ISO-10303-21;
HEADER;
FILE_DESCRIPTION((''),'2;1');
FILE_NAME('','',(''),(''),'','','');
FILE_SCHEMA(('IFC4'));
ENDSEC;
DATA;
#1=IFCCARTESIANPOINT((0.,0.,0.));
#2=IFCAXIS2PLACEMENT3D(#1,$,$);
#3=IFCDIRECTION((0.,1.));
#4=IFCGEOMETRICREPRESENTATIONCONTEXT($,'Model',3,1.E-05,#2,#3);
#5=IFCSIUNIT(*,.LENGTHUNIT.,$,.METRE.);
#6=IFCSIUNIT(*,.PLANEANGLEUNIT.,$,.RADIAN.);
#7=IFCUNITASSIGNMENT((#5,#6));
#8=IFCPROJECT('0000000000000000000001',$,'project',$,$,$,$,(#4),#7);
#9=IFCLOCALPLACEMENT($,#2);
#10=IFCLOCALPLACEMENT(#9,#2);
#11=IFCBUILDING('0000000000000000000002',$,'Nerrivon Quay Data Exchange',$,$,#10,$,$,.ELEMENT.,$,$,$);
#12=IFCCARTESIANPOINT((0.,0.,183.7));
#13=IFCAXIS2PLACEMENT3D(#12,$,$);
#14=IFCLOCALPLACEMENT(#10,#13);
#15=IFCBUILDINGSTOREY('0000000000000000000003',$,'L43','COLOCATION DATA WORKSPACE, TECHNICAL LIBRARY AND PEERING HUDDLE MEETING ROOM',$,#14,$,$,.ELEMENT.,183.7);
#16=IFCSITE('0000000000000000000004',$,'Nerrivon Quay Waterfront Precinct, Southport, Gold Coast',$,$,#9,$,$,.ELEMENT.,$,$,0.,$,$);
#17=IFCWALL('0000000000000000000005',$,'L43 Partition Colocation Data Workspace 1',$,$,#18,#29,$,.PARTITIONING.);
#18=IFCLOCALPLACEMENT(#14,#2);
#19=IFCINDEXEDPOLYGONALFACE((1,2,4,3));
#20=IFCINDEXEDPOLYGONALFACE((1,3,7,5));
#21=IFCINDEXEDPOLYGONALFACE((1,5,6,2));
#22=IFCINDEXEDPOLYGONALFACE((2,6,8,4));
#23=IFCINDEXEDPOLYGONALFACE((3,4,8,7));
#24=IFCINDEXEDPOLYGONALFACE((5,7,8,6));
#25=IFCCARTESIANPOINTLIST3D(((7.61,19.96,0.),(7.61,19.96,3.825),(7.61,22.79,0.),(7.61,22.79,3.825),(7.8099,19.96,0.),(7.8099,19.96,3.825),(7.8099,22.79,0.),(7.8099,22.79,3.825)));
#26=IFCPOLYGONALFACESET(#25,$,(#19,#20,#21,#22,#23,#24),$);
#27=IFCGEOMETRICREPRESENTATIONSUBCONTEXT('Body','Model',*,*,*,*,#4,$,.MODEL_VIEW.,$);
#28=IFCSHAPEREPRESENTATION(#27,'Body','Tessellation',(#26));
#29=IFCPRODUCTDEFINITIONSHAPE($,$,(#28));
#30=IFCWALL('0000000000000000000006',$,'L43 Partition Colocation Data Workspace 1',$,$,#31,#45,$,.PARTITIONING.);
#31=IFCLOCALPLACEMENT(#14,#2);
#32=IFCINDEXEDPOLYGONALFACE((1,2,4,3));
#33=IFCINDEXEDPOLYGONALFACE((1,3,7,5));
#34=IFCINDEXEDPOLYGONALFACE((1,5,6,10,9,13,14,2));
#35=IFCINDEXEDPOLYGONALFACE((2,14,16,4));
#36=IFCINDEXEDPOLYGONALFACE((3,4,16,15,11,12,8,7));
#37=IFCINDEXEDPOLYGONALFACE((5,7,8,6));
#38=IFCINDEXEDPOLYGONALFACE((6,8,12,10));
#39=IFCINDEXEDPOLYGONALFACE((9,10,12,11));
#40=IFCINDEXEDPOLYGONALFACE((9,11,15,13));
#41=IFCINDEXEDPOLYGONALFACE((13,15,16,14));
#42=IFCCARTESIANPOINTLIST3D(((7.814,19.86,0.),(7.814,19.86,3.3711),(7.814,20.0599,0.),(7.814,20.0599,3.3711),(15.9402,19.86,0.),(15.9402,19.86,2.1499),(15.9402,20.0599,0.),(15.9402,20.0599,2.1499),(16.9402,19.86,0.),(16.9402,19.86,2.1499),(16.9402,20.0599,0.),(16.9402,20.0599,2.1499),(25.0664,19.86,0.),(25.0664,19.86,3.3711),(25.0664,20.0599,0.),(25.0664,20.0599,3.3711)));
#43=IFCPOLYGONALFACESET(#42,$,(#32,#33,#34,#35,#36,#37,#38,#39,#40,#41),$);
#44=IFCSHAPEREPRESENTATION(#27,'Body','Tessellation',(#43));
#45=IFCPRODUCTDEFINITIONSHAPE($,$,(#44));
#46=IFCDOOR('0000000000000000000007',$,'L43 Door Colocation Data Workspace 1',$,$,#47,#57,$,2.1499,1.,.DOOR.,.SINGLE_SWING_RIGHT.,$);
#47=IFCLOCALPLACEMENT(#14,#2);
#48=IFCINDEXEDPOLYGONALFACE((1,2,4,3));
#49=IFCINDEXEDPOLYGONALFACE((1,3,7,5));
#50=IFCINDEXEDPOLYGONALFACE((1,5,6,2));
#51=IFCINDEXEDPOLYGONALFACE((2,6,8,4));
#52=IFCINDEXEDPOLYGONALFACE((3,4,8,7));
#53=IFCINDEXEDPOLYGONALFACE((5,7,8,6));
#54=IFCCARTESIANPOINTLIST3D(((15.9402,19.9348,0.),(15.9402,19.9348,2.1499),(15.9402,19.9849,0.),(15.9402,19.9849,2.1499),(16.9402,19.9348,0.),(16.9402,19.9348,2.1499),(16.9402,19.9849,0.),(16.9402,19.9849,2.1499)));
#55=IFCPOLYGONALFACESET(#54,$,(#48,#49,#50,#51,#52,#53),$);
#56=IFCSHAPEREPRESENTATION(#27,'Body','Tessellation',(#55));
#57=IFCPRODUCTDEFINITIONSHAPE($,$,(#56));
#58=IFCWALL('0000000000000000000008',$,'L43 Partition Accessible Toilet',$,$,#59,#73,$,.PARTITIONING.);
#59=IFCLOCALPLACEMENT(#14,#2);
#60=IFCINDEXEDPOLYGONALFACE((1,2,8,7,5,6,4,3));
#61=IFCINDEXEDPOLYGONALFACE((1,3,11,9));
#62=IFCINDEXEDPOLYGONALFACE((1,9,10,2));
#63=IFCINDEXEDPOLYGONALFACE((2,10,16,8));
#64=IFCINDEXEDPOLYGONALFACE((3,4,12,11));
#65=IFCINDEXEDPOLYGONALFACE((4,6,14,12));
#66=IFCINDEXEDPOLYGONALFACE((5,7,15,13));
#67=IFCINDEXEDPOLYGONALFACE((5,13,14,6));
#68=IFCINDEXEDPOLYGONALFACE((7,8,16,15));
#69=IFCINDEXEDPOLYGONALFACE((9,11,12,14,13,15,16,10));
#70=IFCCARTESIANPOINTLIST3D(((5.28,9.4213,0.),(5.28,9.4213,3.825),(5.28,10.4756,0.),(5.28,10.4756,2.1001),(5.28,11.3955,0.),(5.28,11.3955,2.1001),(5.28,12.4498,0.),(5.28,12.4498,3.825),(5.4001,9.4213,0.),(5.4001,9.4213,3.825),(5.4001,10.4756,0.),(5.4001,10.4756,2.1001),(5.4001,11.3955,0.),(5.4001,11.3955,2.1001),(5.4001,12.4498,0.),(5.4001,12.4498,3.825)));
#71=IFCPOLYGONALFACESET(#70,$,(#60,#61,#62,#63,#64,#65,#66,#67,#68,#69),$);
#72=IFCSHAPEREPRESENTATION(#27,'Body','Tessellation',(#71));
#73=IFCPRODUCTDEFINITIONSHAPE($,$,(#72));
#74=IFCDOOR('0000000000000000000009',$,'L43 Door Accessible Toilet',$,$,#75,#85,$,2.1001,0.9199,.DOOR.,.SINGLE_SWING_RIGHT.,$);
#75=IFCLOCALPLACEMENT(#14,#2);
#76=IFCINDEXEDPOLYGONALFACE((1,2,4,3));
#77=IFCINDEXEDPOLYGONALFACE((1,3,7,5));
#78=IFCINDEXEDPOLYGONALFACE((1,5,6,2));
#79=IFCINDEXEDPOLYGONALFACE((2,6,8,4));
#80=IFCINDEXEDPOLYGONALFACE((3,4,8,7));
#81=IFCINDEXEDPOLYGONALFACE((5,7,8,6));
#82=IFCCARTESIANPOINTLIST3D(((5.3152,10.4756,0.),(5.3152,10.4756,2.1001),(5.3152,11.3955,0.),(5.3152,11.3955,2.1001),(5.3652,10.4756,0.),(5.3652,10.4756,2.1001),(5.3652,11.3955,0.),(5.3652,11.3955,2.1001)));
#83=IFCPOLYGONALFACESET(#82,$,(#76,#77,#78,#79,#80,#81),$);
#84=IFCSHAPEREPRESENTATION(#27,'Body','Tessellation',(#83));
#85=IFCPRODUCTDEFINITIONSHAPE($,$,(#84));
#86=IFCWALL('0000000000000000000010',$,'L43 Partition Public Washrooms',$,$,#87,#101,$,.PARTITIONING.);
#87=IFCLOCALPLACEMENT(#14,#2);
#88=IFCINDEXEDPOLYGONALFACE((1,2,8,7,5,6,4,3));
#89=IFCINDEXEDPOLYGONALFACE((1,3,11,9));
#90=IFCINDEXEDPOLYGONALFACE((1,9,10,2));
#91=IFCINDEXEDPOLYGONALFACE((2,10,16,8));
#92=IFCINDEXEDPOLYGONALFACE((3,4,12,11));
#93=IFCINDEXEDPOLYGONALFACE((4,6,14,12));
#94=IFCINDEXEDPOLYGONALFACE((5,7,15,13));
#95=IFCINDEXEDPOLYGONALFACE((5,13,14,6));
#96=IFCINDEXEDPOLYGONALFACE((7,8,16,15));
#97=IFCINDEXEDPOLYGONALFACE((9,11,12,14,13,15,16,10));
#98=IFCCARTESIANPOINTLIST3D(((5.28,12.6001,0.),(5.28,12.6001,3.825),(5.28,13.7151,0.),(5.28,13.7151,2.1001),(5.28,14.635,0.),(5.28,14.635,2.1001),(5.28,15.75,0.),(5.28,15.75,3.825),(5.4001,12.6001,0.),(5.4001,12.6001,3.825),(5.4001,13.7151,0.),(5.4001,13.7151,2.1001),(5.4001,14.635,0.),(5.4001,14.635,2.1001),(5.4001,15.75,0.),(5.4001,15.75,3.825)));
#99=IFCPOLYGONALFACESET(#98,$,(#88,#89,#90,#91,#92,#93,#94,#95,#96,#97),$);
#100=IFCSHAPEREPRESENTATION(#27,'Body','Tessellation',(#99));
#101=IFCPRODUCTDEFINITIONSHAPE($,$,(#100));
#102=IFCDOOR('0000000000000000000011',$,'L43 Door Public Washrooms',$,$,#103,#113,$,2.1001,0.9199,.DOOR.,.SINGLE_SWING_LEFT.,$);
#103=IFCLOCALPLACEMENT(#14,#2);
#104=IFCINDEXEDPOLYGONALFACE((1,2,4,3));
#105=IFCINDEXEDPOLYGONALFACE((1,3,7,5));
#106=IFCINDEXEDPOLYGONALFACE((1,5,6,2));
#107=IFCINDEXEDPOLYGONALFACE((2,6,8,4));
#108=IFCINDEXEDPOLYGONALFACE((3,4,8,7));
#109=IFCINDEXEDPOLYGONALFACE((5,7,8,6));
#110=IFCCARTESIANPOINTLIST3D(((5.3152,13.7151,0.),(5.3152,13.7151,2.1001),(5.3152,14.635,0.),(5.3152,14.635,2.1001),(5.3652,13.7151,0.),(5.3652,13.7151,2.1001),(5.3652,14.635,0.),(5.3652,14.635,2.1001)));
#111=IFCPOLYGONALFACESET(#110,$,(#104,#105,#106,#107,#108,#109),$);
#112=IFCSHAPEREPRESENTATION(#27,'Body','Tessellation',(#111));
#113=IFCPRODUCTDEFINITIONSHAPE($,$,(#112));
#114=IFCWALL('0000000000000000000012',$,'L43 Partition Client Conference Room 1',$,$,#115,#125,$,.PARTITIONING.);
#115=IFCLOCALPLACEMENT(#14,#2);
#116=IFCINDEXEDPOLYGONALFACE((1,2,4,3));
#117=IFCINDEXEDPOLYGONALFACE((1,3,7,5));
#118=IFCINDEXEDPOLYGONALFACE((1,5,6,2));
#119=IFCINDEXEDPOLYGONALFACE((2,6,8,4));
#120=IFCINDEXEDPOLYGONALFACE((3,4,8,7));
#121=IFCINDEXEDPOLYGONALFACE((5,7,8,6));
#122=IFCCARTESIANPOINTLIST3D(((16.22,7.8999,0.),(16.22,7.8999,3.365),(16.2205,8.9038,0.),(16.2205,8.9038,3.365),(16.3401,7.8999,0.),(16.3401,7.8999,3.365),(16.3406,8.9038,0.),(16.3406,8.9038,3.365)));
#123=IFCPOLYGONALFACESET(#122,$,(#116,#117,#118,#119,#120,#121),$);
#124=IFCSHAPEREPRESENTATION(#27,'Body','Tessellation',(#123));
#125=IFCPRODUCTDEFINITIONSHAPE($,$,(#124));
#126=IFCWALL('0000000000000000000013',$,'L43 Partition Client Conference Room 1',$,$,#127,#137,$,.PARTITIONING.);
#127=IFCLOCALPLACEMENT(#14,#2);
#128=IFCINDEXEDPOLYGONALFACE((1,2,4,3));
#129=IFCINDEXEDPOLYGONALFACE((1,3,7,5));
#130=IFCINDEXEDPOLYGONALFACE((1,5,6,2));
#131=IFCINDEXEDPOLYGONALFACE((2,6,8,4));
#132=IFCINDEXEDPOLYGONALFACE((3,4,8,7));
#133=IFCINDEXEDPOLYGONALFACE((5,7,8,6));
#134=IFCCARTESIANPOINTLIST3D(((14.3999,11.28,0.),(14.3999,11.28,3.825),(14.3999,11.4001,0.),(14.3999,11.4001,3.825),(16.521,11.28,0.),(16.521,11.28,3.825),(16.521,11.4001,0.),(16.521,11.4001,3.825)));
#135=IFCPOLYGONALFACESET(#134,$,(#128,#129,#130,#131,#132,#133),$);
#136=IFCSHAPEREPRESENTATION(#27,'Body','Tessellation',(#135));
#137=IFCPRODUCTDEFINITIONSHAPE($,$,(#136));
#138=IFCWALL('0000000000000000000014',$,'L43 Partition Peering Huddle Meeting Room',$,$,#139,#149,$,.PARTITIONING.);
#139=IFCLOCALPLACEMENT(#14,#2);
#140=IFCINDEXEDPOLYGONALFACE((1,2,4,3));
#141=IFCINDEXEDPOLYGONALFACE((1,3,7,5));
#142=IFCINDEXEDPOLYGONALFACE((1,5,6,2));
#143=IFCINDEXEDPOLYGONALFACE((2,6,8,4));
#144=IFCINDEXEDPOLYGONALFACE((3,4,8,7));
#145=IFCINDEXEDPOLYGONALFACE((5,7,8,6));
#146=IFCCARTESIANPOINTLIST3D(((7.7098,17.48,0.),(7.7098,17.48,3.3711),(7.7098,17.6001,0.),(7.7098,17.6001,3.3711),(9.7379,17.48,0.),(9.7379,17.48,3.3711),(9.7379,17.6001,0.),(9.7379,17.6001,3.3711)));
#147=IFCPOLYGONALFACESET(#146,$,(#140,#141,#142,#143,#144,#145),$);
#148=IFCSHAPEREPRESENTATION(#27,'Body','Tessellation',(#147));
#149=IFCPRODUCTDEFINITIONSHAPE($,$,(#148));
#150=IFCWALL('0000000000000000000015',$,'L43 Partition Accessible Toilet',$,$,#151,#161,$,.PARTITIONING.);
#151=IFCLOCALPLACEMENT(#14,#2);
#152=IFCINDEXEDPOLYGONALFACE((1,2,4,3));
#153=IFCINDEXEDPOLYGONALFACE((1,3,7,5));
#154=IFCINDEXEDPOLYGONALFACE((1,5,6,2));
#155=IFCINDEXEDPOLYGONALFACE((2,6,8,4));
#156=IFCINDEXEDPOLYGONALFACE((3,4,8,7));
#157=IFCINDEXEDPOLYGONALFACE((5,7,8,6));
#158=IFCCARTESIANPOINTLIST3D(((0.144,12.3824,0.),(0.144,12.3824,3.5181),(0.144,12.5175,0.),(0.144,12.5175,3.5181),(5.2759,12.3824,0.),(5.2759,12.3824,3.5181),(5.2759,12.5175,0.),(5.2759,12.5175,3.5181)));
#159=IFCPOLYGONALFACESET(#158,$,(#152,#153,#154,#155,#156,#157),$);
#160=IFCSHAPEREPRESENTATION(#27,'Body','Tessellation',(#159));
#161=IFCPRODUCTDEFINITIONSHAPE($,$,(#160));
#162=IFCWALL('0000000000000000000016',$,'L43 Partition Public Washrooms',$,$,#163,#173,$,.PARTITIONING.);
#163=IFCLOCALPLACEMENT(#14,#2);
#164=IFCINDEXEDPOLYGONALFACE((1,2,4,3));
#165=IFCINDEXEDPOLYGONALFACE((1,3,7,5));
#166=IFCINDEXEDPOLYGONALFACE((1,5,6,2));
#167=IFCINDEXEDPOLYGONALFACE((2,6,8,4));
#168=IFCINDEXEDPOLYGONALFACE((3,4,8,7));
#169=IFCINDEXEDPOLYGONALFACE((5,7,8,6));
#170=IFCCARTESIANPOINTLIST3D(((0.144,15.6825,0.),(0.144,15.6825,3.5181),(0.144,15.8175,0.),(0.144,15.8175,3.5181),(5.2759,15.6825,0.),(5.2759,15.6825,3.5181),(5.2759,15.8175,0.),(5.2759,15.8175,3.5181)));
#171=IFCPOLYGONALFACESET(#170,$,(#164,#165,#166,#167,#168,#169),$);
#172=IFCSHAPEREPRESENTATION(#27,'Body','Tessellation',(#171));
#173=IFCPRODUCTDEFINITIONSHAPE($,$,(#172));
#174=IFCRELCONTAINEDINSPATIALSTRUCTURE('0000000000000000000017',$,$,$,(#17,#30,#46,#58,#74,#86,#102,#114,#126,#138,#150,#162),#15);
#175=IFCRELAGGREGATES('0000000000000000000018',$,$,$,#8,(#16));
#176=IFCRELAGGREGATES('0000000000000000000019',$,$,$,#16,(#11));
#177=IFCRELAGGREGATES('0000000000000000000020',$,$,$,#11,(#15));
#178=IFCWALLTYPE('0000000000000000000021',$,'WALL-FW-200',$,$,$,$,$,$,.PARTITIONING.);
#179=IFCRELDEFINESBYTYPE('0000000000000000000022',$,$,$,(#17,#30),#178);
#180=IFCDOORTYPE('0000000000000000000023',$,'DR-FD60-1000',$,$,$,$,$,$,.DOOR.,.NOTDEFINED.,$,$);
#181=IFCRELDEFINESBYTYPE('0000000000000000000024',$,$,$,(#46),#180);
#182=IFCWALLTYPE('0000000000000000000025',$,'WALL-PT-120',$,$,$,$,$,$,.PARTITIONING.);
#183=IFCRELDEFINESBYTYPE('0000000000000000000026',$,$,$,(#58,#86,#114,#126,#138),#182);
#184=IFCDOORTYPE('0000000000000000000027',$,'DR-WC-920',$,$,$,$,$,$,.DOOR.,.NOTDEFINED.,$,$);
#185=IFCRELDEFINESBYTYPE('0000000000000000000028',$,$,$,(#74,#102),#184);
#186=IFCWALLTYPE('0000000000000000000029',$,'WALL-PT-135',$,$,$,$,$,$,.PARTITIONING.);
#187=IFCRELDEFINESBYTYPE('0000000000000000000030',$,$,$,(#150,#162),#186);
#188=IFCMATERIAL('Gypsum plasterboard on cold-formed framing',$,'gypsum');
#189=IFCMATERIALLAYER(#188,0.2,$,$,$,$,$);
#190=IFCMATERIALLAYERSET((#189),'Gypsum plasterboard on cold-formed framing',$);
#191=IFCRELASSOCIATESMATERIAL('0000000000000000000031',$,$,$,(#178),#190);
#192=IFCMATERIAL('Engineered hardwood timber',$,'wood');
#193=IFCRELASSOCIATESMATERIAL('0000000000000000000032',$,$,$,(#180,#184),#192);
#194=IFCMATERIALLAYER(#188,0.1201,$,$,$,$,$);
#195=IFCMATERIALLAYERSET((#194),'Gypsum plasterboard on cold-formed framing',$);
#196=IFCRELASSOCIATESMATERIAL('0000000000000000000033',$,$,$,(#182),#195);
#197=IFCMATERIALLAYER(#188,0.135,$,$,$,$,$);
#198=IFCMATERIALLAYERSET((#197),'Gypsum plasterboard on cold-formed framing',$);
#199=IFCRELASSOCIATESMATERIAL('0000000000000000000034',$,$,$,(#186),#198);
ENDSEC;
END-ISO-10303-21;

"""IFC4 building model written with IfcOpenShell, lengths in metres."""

from ifc_helpers import new_model, si_unit, direction, frame, frame_2d, origin, place, context, subcontext, project, spatial, rectangle, extrude, material, layer, layer_set, type_object, element, fill, save


model = new_model("IFC4")

# Units and contexts
model_context = context("Model", 3, precision=1e-05, world=origin(), true_north=direction((0.0, 1.0)))
body_context = subcontext(model_context, "Body", "Model", "MODEL_VIEW")
ifc_project = project(units=[si_unit("LENGTHUNIT", "METRE"), si_unit("PLANEANGLEUNIT", "RADIAN")], contexts=[model_context])

# Site, building, storey
site_placement = place(None, origin())
site = spatial("IfcSite", under=ifc_project, at=site_placement, Name="Nerrivon Quay Waterfront Precinct, Southport, Gold Coast", CompositionType="ELEMENT", RefElevation=0.0)
building_placement = place(site_placement, origin())
building = spatial("IfcBuilding", under=site, at=building_placement, Name="Nerrivon Quay Data Exchange", CompositionType="ELEMENT")
storey_placement = place(building_placement, frame((0.0, 0.0, 183.7)))
storey = spatial("IfcBuildingStorey", under=building, at=storey_placement, Name="L43", Description="COLOCATION DATA WORKSPACE, TECHNICAL LIBRARY AND PEERING HUDDLE MEETING ROOM", CompositionType="ELEMENT", Elevation=183.7)

# Wall
ifc_material_1 = material(Name="Gypsum plasterboard on cold-formed framing", Category="gypsum")
ifc_layer_1 = layer(ifc_material_1, 0.2)
ifc_layer_set_1 = layer_set([ifc_layer_1], Name="Gypsum plasterboard on cold-formed framing")
wall_type_1 = type_object("IfcWallType", Name="WALL-FW-200", PredefinedType="PARTITIONING", material=ifc_layer_set_1)
wall_1_placement = place(storey_placement, frame((7.71, 22.79, 0.0), z_axis=(0.0, 0.0, 1.0), x_axis=(0.0, -1.0, 0.0)))
element("IfcWall", 1, at=wall_1_placement, inside=storey, type_object=wall_type_1, Name="L43 Partition Colocation Data Workspace 1", PredefinedType="PARTITIONING", context=body_context, shape_type="SweptSolid", body=[
    extrude(rectangle(XDim=2.8301, YDim=0.2, at=frame_2d((1.415, 0.0))), origin(), (0.0, 0.0, 1.0), 3.825),
])

# Walls, openings, doors
wall_2_placement = place(storey_placement, frame((7.814, 19.96, 0.0), z_axis=(0.0, 0.0, 1.0), x_axis=(1.0, 0.0, 0.0)))
wall_2 = element("IfcWall", 2, at=wall_2_placement, inside=storey, type_object=wall_type_1, Name="L43 Partition Colocation Data Workspace 1", PredefinedType="PARTITIONING", context=body_context, shape_type="SweptSolid", body=[
    extrude(rectangle(XDim=17.2524, YDim=0.2, at=frame_2d((8.6262, 0.0))), origin(), (0.0, 0.0, 1.0), 3.3711),
])
opening_1_placement = place(wall_2_placement, frame((8.1262, 0.0, 0.0)))
opening_1 = element("IfcOpeningElement", 3, at=opening_1_placement, cuts=wall_2, PredefinedType="OPENING", context=body_context, shape_type="SweptSolid", body=[
    extrude(rectangle(XDim=1.0, YDim=2.1499, at=frame_2d((0.5, 1.075))), frame((0.0, 0.1099, 0.0), z_axis=(0.0, -1.0, 0.0), x_axis=(1.0, 0.0, 0.0)), (0.0, 0.0, 1.0), 0.22),
])
ifc_material_2 = material(Name="Engineered hardwood timber", Category="wood")
door_type_1 = type_object("IfcDoorType", Name="DR-FD60-1000", OperationType="NOTDEFINED", PredefinedType="DOOR", material=ifc_material_2)
door_1_placement = place(opening_1_placement, origin())
door_1 = element("IfcDoor", 4, at=door_1_placement, inside=storey, type_object=door_type_1, Name="L43 Door Colocation Data Workspace 1", OperationType="SINGLE_SWING_RIGHT", OverallHeight=2.1499, OverallWidth=1.0, PredefinedType="DOOR", context=body_context, shape_type="SweptSolid", body=[
    extrude(rectangle(XDim=1.0, YDim=2.1499, at=frame_2d((0.5, 1.075))), frame((0.0, 0.0249, 0.0), z_axis=(0.0, -1.0, 0.0), x_axis=(1.0, 0.0, 0.0)), (0.0, 0.0, 1.0), 0.05),
])
fill(opening_1, door_1)
ifc_layer_2 = layer(ifc_material_1, 0.1201)
ifc_layer_set_2 = layer_set([ifc_layer_2], Name="Gypsum plasterboard on cold-formed framing")
wall_type_2 = type_object("IfcWallType", Name="WALL-PT-120", PredefinedType="PARTITIONING", material=ifc_layer_set_2)
wall_3_placement = place(storey_placement, frame((5.3401, 9.4214, 0.0), z_axis=(0.0, 0.0, 1.0), x_axis=(0.0, 1.0, 0.0)))
wall_3 = element("IfcWall", 5, at=wall_3_placement, inside=storey, type_object=wall_type_2, Name="L43 Partition Accessible Toilet", PredefinedType="PARTITIONING", context=body_context, shape_type="SweptSolid", body=[
    extrude(rectangle(XDim=3.0286, YDim=0.1201, at=frame_2d((1.5142, 0.0))), origin(), (0.0, 0.0, 1.0), 3.825),
])
opening_2_placement = place(wall_3_placement, frame((1.0542, 0.0, 0.0)))
opening_2 = element("IfcOpeningElement", 6, at=opening_2_placement, cuts=wall_3, PredefinedType="OPENING", context=body_context, shape_type="SweptSolid", body=[
    extrude(rectangle(XDim=0.9199, YDim=2.1001, at=frame_2d((0.46, 1.05))), frame((0.0, 0.0701, 0.0), z_axis=(0.0, -1.0, 0.0), x_axis=(1.0, 0.0, 0.0)), (0.0, 0.0, 1.0), 0.1401),
])
door_type_2 = type_object("IfcDoorType", Name="DR-WC-920", OperationType="NOTDEFINED", PredefinedType="DOOR", material=ifc_material_2)
door_2_placement = place(opening_2_placement, origin())
door_2 = element("IfcDoor", 7, at=door_2_placement, inside=storey, type_object=door_type_2, Name="L43 Door Accessible Toilet", OperationType="SINGLE_SWING_RIGHT", OverallHeight=2.1001, OverallWidth=0.9199, PredefinedType="DOOR", context=body_context, shape_type="SweptSolid", body=[
    extrude(rectangle(XDim=0.9199, YDim=2.1001, at=frame_2d((0.46, 1.05))), frame((0.0, 0.0249, 0.0), z_axis=(0.0, -1.0, 0.0), x_axis=(1.0, 0.0, 0.0)), (0.0, 0.0, 1.0), 0.05),
])
fill(opening_2, door_2)
wall_4_placement = place(storey_placement, frame((5.3401, 12.6001, 0.0), z_axis=(0.0, 0.0, 1.0), x_axis=(0.0, 1.0, 0.0)))
wall_4 = element("IfcWall", 8, at=wall_4_placement, inside=storey, type_object=wall_type_2, Name="L43 Partition Public Washrooms", PredefinedType="PARTITIONING", context=body_context, shape_type="SweptSolid", body=[
    extrude(rectangle(XDim=3.1499, YDim=0.1201, at=frame_2d((1.575, 0.0))), origin(), (0.0, 0.0, 1.0), 3.825),
])
opening_3_placement = place(wall_4_placement, frame((1.115, 0.0, 0.0)))
opening_3 = element("IfcOpeningElement", 9, at=opening_3_placement, cuts=wall_4, PredefinedType="OPENING", context=body_context, shape_type="SweptSolid", body=[
    extrude(rectangle(XDim=0.9199, YDim=2.1001, at=frame_2d((0.46, 1.05))), frame((0.0, 0.0701, 0.0), z_axis=(0.0, -1.0, 0.0), x_axis=(1.0, 0.0, 0.0)), (0.0, 0.0, 1.0), 0.1401),
])
door_3_placement = place(opening_3_placement, origin())
door_3 = element("IfcDoor", 10, at=door_3_placement, inside=storey, type_object=door_type_2, Name="L43 Door Public Washrooms", OperationType="SINGLE_SWING_LEFT", OverallHeight=2.1001, OverallWidth=0.9199, PredefinedType="DOOR", context=body_context, shape_type="SweptSolid", body=[
    extrude(rectangle(XDim=0.9199, YDim=2.1001, at=frame_2d((0.46, 1.05))), frame((0.0, 0.0249, 0.0), z_axis=(0.0, -1.0, 0.0), x_axis=(1.0, 0.0, 0.0)), (0.0, 0.0, 1.0), 0.05),
])
fill(opening_3, door_3)

# Walls
wall_5_placement = place(storey_placement, frame((16.28, 7.8999, 0.0), z_axis=(0.0, 0.0, 1.0), x_axis=(0.000486, 1.0, 0.0)))
element("IfcWall", 11, at=wall_5_placement, inside=storey, type_object=wall_type_2, Name="L43 Partition Client Conference Room 1", PredefinedType="PARTITIONING", context=body_context, shape_type="SweptSolid", body=[
    extrude(rectangle(XDim=1.0039, YDim=0.1201, at=frame_2d((0.502, 0.0))), origin(), (0.0, 0.0, 1.0), 3.365),
])
wall_6_placement = place(storey_placement, frame((16.521, 11.3401, 0.0), z_axis=(0.0, 0.0, 1.0), x_axis=(-1.0, 0.0, 0.0)))
element("IfcWall", 12, at=wall_6_placement, inside=storey, type_object=wall_type_2, Name="L43 Partition Client Conference Room 1", PredefinedType="PARTITIONING", context=body_context, shape_type="SweptSolid", body=[
    extrude(rectangle(XDim=2.1211, YDim=0.1201, at=frame_2d((1.0605, 0.0))), origin(), (0.0, 0.0, 1.0), 3.825),
])
wall_7_placement = place(storey_placement, frame((9.738, 17.54, 0.0), z_axis=(0.0, 0.0, 1.0), x_axis=(-1.0, 0.0, 0.0)))
element("IfcWall", 13, at=wall_7_placement, inside=storey, type_object=wall_type_2, Name="L43 Partition Peering Huddle Meeting Room", PredefinedType="PARTITIONING", context=body_context, shape_type="SweptSolid", body=[
    extrude(rectangle(XDim=2.0281, YDim=0.1201, at=frame_2d((1.0142, 0.0))), origin(), (0.0, 0.0, 1.0), 3.3711),
])
ifc_layer_3 = layer(ifc_material_1, 0.135)
ifc_layer_set_3 = layer_set([ifc_layer_3], Name="Gypsum plasterboard on cold-formed framing")
wall_type_3 = type_object("IfcWallType", Name="WALL-PT-135", PredefinedType="PARTITIONING", material=ifc_layer_set_3)
for number, where, z_axis, x_axis, name in (
    (14, (5.2759, 12.45, 0.0), (0.0, 0.0, 1.0), (-1.0, 0.0, 0.0), "L43 Partition Accessible Toilet"),
    (15, (5.2759, 15.75, 0.0), (0.0, 0.0, 1.0), (-1.0, 0.0, 0.0), "L43 Partition Public Washrooms"),
):
    element("IfcWall", number, at=place(storey_placement, frame(where, z_axis=z_axis, x_axis=x_axis)), inside=storey, type_object=wall_type_3, Name=name, PredefinedType="PARTITIONING", context=body_context, shape_type="SweptSolid", body=[
        extrude(rectangle(XDim=5.1318, YDim=0.135, at=frame_2d((2.5659, 0.0))), origin(), (0.0, 0.0, 1.0), 3.5181),
    ])

save(model, "model.ifc")
